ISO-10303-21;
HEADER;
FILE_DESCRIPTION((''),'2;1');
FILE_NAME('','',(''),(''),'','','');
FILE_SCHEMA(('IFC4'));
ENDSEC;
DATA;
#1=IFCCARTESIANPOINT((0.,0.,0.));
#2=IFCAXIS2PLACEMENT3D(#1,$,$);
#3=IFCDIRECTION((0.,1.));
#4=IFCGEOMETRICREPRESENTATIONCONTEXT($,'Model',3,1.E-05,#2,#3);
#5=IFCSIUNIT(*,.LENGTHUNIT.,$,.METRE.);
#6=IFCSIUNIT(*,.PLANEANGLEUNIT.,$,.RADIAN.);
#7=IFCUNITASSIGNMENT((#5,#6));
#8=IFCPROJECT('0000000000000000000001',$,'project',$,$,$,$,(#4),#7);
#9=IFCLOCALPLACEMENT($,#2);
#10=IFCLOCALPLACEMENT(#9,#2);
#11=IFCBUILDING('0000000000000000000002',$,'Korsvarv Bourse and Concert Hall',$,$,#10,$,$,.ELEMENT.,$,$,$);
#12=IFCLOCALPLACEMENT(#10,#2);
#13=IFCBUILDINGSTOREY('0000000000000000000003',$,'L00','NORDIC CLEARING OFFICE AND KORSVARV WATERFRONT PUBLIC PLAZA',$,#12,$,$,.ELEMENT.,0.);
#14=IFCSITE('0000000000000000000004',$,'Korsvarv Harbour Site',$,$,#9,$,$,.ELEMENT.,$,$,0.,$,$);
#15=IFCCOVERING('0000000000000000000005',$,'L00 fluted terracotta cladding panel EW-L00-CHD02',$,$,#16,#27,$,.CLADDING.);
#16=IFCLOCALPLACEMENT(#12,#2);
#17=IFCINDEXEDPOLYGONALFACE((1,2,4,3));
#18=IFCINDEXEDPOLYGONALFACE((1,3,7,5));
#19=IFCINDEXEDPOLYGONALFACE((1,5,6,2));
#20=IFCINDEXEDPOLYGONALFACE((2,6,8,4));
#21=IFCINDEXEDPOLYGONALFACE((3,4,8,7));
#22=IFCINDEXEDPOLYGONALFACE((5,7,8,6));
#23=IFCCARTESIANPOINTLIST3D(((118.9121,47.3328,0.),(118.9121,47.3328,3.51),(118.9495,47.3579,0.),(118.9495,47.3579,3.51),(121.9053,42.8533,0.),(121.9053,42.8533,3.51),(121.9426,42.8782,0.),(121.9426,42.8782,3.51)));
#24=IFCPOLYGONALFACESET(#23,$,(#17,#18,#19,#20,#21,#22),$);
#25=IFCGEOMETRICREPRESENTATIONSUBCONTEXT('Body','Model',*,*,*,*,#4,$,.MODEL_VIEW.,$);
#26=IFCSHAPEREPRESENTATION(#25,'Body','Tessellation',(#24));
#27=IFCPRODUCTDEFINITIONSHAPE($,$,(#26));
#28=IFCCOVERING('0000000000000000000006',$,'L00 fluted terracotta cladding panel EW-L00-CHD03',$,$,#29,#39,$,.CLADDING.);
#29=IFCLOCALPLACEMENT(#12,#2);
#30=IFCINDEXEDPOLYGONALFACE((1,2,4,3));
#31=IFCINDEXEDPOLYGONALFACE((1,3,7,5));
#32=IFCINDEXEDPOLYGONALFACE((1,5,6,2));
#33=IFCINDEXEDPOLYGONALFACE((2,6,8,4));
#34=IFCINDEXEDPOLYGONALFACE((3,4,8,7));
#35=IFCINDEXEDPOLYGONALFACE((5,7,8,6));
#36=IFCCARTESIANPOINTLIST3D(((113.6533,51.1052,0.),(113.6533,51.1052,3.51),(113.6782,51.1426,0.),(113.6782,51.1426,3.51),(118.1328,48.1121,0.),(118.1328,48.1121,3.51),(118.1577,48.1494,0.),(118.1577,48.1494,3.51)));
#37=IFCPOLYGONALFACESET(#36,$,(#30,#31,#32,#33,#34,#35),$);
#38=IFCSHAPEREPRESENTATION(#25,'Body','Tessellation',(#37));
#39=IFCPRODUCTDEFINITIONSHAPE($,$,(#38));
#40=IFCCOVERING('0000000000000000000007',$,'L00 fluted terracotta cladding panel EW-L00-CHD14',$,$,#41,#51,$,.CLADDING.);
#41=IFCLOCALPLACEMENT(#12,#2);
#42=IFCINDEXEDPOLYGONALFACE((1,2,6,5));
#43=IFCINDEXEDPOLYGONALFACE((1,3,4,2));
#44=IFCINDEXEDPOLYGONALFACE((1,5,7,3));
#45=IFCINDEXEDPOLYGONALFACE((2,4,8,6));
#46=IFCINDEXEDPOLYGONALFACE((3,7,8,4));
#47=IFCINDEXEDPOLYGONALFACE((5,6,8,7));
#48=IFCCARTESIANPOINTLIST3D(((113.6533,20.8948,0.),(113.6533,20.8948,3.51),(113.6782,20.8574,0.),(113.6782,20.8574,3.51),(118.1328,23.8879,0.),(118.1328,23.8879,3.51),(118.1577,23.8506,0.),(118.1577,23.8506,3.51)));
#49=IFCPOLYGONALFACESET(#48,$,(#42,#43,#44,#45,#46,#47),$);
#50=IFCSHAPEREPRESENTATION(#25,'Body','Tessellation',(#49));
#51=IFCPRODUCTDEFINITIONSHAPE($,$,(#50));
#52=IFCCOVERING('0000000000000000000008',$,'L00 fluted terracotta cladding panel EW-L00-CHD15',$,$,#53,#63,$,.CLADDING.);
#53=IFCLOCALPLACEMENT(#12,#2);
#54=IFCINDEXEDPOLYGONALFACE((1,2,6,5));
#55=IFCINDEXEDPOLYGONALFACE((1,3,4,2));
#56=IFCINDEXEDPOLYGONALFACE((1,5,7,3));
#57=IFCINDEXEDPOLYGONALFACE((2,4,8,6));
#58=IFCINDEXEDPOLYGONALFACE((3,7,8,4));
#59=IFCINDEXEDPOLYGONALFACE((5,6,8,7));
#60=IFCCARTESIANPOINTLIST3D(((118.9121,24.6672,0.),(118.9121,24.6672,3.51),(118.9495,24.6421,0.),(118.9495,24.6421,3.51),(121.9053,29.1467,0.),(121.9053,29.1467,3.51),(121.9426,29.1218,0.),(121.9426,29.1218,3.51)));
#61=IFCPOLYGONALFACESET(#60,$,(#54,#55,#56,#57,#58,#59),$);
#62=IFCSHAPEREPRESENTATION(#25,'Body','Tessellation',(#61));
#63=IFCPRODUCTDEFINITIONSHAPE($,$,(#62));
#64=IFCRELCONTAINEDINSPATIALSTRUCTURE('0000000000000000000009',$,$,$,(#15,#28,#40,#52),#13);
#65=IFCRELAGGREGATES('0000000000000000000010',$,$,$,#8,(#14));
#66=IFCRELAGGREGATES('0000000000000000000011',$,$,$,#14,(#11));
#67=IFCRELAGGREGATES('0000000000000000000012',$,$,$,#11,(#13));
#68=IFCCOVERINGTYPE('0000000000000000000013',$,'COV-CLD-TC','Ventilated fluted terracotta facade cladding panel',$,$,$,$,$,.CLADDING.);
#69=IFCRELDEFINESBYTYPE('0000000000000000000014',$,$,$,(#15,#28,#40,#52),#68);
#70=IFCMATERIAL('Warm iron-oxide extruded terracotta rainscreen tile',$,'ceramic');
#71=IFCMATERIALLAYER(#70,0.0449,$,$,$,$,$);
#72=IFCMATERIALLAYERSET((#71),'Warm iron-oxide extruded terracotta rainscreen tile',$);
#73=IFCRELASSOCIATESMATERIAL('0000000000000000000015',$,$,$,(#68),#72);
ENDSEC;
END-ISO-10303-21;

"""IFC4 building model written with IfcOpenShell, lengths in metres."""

from ifc_helpers import new_model, si_unit, direction, origin, place, context, subcontext, project, spatial, polyline, outline, extrude, material, layer, layer_set, type_object, element, save


model = new_model("IFC4")

# Units and contexts
model_context = context("Model", 3, precision=1e-05, world=origin(), true_north=direction((0.0, 1.0)))
body_context = subcontext(model_context, "Body", "Model", "MODEL_VIEW")
ifc_project = project(units=[si_unit("LENGTHUNIT", "METRE"), si_unit("PLANEANGLEUNIT", "RADIAN")], contexts=[model_context])

# Site, building, storey
site_placement = place(None, origin())
site = spatial("IfcSite", under=ifc_project, at=site_placement, Name="Korsvarv Harbour Site", CompositionType="ELEMENT", RefElevation=0.0)
building_placement = place(site_placement, origin())
building = spatial("IfcBuilding", under=site, at=building_placement, Name="Korsvarv Bourse and Concert Hall", CompositionType="ELEMENT")
storey_placement = place(building_placement, origin())
storey = spatial("IfcBuildingStorey", under=building, at=storey_placement, Name="L00", Description="NORDIC CLEARING OFFICE AND KORSVARV WATERFRONT PUBLIC PLAZA", CompositionType="ELEMENT", Elevation=0.0)

# Coverings
ifc_material_1 = material(Name="Warm iron-oxide extruded terracotta rainscreen tile", Category="ceramic")
ifc_layer_1 = layer(ifc_material_1, 0.0449)
ifc_layer_set_1 = layer_set([ifc_layer_1], Name="Warm iron-oxide extruded terracotta rainscreen tile")
covering_type_1 = type_object("IfcCoveringType", Name="COV-CLD-TC", Description="Ventilated fluted terracotta facade cladding panel", PredefinedType="CLADDING", material=ifc_layer_set_1)
covering_1_placement = place(storey_placement, origin())
element("IfcCovering", 1, at=covering_1_placement, inside=storey, type_object=covering_type_1, Name="L00 fluted terracotta cladding panel EW-L00-CHD02", PredefinedType="CLADDING", context=body_context, shape_type="SweptSolid", body=[
    extrude(outline(polyline([(121.9053, 42.8533), (118.9121, 47.3328), (118.9495, 47.3579), (121.9426, 42.8782), (121.9053, 42.8533)])), origin(), (0.0, 0.0, 1.0), 3.51),
])
covering_2_placement = place(storey_placement, origin())
element("IfcCovering", 2, at=covering_2_placement, inside=storey, type_object=covering_type_1, Name="L00 fluted terracotta cladding panel EW-L00-CHD03", PredefinedType="CLADDING", context=body_context, shape_type="SweptSolid", body=[
    extrude(outline(polyline([(118.1328, 48.1121), (113.6533, 51.1052), (113.6782, 51.1426), (118.1577, 48.1494), (118.1328, 48.1121)])), origin(), (0.0, 0.0, 1.0), 3.51),
])
covering_3_placement = place(storey_placement, origin())
element("IfcCovering", 3, at=covering_3_placement, inside=storey, type_object=covering_type_1, Name="L00 fluted terracotta cladding panel EW-L00-CHD14", PredefinedType="CLADDING", context=body_context, shape_type="SweptSolid", body=[
    extrude(outline(polyline([(113.6533, 20.8948), (118.1328, 23.8879), (118.1577, 23.8506), (113.6782, 20.8574), (113.6533, 20.8948)])), origin(), (0.0, 0.0, 1.0), 3.51),
])
covering_4_placement = place(storey_placement, origin())
element("IfcCovering", 4, at=covering_4_placement, inside=storey, type_object=covering_type_1, Name="L00 fluted terracotta cladding panel EW-L00-CHD15", PredefinedType="CLADDING", context=body_context, shape_type="SweptSolid", body=[
    extrude(outline(polyline([(118.9121, 24.6672), (121.9053, 29.1467), (121.9426, 29.1218), (118.9495, 24.6421), (118.9121, 24.6672)])), origin(), (0.0, 0.0, 1.0), 3.51),
])

save(model, "model.ifc")
